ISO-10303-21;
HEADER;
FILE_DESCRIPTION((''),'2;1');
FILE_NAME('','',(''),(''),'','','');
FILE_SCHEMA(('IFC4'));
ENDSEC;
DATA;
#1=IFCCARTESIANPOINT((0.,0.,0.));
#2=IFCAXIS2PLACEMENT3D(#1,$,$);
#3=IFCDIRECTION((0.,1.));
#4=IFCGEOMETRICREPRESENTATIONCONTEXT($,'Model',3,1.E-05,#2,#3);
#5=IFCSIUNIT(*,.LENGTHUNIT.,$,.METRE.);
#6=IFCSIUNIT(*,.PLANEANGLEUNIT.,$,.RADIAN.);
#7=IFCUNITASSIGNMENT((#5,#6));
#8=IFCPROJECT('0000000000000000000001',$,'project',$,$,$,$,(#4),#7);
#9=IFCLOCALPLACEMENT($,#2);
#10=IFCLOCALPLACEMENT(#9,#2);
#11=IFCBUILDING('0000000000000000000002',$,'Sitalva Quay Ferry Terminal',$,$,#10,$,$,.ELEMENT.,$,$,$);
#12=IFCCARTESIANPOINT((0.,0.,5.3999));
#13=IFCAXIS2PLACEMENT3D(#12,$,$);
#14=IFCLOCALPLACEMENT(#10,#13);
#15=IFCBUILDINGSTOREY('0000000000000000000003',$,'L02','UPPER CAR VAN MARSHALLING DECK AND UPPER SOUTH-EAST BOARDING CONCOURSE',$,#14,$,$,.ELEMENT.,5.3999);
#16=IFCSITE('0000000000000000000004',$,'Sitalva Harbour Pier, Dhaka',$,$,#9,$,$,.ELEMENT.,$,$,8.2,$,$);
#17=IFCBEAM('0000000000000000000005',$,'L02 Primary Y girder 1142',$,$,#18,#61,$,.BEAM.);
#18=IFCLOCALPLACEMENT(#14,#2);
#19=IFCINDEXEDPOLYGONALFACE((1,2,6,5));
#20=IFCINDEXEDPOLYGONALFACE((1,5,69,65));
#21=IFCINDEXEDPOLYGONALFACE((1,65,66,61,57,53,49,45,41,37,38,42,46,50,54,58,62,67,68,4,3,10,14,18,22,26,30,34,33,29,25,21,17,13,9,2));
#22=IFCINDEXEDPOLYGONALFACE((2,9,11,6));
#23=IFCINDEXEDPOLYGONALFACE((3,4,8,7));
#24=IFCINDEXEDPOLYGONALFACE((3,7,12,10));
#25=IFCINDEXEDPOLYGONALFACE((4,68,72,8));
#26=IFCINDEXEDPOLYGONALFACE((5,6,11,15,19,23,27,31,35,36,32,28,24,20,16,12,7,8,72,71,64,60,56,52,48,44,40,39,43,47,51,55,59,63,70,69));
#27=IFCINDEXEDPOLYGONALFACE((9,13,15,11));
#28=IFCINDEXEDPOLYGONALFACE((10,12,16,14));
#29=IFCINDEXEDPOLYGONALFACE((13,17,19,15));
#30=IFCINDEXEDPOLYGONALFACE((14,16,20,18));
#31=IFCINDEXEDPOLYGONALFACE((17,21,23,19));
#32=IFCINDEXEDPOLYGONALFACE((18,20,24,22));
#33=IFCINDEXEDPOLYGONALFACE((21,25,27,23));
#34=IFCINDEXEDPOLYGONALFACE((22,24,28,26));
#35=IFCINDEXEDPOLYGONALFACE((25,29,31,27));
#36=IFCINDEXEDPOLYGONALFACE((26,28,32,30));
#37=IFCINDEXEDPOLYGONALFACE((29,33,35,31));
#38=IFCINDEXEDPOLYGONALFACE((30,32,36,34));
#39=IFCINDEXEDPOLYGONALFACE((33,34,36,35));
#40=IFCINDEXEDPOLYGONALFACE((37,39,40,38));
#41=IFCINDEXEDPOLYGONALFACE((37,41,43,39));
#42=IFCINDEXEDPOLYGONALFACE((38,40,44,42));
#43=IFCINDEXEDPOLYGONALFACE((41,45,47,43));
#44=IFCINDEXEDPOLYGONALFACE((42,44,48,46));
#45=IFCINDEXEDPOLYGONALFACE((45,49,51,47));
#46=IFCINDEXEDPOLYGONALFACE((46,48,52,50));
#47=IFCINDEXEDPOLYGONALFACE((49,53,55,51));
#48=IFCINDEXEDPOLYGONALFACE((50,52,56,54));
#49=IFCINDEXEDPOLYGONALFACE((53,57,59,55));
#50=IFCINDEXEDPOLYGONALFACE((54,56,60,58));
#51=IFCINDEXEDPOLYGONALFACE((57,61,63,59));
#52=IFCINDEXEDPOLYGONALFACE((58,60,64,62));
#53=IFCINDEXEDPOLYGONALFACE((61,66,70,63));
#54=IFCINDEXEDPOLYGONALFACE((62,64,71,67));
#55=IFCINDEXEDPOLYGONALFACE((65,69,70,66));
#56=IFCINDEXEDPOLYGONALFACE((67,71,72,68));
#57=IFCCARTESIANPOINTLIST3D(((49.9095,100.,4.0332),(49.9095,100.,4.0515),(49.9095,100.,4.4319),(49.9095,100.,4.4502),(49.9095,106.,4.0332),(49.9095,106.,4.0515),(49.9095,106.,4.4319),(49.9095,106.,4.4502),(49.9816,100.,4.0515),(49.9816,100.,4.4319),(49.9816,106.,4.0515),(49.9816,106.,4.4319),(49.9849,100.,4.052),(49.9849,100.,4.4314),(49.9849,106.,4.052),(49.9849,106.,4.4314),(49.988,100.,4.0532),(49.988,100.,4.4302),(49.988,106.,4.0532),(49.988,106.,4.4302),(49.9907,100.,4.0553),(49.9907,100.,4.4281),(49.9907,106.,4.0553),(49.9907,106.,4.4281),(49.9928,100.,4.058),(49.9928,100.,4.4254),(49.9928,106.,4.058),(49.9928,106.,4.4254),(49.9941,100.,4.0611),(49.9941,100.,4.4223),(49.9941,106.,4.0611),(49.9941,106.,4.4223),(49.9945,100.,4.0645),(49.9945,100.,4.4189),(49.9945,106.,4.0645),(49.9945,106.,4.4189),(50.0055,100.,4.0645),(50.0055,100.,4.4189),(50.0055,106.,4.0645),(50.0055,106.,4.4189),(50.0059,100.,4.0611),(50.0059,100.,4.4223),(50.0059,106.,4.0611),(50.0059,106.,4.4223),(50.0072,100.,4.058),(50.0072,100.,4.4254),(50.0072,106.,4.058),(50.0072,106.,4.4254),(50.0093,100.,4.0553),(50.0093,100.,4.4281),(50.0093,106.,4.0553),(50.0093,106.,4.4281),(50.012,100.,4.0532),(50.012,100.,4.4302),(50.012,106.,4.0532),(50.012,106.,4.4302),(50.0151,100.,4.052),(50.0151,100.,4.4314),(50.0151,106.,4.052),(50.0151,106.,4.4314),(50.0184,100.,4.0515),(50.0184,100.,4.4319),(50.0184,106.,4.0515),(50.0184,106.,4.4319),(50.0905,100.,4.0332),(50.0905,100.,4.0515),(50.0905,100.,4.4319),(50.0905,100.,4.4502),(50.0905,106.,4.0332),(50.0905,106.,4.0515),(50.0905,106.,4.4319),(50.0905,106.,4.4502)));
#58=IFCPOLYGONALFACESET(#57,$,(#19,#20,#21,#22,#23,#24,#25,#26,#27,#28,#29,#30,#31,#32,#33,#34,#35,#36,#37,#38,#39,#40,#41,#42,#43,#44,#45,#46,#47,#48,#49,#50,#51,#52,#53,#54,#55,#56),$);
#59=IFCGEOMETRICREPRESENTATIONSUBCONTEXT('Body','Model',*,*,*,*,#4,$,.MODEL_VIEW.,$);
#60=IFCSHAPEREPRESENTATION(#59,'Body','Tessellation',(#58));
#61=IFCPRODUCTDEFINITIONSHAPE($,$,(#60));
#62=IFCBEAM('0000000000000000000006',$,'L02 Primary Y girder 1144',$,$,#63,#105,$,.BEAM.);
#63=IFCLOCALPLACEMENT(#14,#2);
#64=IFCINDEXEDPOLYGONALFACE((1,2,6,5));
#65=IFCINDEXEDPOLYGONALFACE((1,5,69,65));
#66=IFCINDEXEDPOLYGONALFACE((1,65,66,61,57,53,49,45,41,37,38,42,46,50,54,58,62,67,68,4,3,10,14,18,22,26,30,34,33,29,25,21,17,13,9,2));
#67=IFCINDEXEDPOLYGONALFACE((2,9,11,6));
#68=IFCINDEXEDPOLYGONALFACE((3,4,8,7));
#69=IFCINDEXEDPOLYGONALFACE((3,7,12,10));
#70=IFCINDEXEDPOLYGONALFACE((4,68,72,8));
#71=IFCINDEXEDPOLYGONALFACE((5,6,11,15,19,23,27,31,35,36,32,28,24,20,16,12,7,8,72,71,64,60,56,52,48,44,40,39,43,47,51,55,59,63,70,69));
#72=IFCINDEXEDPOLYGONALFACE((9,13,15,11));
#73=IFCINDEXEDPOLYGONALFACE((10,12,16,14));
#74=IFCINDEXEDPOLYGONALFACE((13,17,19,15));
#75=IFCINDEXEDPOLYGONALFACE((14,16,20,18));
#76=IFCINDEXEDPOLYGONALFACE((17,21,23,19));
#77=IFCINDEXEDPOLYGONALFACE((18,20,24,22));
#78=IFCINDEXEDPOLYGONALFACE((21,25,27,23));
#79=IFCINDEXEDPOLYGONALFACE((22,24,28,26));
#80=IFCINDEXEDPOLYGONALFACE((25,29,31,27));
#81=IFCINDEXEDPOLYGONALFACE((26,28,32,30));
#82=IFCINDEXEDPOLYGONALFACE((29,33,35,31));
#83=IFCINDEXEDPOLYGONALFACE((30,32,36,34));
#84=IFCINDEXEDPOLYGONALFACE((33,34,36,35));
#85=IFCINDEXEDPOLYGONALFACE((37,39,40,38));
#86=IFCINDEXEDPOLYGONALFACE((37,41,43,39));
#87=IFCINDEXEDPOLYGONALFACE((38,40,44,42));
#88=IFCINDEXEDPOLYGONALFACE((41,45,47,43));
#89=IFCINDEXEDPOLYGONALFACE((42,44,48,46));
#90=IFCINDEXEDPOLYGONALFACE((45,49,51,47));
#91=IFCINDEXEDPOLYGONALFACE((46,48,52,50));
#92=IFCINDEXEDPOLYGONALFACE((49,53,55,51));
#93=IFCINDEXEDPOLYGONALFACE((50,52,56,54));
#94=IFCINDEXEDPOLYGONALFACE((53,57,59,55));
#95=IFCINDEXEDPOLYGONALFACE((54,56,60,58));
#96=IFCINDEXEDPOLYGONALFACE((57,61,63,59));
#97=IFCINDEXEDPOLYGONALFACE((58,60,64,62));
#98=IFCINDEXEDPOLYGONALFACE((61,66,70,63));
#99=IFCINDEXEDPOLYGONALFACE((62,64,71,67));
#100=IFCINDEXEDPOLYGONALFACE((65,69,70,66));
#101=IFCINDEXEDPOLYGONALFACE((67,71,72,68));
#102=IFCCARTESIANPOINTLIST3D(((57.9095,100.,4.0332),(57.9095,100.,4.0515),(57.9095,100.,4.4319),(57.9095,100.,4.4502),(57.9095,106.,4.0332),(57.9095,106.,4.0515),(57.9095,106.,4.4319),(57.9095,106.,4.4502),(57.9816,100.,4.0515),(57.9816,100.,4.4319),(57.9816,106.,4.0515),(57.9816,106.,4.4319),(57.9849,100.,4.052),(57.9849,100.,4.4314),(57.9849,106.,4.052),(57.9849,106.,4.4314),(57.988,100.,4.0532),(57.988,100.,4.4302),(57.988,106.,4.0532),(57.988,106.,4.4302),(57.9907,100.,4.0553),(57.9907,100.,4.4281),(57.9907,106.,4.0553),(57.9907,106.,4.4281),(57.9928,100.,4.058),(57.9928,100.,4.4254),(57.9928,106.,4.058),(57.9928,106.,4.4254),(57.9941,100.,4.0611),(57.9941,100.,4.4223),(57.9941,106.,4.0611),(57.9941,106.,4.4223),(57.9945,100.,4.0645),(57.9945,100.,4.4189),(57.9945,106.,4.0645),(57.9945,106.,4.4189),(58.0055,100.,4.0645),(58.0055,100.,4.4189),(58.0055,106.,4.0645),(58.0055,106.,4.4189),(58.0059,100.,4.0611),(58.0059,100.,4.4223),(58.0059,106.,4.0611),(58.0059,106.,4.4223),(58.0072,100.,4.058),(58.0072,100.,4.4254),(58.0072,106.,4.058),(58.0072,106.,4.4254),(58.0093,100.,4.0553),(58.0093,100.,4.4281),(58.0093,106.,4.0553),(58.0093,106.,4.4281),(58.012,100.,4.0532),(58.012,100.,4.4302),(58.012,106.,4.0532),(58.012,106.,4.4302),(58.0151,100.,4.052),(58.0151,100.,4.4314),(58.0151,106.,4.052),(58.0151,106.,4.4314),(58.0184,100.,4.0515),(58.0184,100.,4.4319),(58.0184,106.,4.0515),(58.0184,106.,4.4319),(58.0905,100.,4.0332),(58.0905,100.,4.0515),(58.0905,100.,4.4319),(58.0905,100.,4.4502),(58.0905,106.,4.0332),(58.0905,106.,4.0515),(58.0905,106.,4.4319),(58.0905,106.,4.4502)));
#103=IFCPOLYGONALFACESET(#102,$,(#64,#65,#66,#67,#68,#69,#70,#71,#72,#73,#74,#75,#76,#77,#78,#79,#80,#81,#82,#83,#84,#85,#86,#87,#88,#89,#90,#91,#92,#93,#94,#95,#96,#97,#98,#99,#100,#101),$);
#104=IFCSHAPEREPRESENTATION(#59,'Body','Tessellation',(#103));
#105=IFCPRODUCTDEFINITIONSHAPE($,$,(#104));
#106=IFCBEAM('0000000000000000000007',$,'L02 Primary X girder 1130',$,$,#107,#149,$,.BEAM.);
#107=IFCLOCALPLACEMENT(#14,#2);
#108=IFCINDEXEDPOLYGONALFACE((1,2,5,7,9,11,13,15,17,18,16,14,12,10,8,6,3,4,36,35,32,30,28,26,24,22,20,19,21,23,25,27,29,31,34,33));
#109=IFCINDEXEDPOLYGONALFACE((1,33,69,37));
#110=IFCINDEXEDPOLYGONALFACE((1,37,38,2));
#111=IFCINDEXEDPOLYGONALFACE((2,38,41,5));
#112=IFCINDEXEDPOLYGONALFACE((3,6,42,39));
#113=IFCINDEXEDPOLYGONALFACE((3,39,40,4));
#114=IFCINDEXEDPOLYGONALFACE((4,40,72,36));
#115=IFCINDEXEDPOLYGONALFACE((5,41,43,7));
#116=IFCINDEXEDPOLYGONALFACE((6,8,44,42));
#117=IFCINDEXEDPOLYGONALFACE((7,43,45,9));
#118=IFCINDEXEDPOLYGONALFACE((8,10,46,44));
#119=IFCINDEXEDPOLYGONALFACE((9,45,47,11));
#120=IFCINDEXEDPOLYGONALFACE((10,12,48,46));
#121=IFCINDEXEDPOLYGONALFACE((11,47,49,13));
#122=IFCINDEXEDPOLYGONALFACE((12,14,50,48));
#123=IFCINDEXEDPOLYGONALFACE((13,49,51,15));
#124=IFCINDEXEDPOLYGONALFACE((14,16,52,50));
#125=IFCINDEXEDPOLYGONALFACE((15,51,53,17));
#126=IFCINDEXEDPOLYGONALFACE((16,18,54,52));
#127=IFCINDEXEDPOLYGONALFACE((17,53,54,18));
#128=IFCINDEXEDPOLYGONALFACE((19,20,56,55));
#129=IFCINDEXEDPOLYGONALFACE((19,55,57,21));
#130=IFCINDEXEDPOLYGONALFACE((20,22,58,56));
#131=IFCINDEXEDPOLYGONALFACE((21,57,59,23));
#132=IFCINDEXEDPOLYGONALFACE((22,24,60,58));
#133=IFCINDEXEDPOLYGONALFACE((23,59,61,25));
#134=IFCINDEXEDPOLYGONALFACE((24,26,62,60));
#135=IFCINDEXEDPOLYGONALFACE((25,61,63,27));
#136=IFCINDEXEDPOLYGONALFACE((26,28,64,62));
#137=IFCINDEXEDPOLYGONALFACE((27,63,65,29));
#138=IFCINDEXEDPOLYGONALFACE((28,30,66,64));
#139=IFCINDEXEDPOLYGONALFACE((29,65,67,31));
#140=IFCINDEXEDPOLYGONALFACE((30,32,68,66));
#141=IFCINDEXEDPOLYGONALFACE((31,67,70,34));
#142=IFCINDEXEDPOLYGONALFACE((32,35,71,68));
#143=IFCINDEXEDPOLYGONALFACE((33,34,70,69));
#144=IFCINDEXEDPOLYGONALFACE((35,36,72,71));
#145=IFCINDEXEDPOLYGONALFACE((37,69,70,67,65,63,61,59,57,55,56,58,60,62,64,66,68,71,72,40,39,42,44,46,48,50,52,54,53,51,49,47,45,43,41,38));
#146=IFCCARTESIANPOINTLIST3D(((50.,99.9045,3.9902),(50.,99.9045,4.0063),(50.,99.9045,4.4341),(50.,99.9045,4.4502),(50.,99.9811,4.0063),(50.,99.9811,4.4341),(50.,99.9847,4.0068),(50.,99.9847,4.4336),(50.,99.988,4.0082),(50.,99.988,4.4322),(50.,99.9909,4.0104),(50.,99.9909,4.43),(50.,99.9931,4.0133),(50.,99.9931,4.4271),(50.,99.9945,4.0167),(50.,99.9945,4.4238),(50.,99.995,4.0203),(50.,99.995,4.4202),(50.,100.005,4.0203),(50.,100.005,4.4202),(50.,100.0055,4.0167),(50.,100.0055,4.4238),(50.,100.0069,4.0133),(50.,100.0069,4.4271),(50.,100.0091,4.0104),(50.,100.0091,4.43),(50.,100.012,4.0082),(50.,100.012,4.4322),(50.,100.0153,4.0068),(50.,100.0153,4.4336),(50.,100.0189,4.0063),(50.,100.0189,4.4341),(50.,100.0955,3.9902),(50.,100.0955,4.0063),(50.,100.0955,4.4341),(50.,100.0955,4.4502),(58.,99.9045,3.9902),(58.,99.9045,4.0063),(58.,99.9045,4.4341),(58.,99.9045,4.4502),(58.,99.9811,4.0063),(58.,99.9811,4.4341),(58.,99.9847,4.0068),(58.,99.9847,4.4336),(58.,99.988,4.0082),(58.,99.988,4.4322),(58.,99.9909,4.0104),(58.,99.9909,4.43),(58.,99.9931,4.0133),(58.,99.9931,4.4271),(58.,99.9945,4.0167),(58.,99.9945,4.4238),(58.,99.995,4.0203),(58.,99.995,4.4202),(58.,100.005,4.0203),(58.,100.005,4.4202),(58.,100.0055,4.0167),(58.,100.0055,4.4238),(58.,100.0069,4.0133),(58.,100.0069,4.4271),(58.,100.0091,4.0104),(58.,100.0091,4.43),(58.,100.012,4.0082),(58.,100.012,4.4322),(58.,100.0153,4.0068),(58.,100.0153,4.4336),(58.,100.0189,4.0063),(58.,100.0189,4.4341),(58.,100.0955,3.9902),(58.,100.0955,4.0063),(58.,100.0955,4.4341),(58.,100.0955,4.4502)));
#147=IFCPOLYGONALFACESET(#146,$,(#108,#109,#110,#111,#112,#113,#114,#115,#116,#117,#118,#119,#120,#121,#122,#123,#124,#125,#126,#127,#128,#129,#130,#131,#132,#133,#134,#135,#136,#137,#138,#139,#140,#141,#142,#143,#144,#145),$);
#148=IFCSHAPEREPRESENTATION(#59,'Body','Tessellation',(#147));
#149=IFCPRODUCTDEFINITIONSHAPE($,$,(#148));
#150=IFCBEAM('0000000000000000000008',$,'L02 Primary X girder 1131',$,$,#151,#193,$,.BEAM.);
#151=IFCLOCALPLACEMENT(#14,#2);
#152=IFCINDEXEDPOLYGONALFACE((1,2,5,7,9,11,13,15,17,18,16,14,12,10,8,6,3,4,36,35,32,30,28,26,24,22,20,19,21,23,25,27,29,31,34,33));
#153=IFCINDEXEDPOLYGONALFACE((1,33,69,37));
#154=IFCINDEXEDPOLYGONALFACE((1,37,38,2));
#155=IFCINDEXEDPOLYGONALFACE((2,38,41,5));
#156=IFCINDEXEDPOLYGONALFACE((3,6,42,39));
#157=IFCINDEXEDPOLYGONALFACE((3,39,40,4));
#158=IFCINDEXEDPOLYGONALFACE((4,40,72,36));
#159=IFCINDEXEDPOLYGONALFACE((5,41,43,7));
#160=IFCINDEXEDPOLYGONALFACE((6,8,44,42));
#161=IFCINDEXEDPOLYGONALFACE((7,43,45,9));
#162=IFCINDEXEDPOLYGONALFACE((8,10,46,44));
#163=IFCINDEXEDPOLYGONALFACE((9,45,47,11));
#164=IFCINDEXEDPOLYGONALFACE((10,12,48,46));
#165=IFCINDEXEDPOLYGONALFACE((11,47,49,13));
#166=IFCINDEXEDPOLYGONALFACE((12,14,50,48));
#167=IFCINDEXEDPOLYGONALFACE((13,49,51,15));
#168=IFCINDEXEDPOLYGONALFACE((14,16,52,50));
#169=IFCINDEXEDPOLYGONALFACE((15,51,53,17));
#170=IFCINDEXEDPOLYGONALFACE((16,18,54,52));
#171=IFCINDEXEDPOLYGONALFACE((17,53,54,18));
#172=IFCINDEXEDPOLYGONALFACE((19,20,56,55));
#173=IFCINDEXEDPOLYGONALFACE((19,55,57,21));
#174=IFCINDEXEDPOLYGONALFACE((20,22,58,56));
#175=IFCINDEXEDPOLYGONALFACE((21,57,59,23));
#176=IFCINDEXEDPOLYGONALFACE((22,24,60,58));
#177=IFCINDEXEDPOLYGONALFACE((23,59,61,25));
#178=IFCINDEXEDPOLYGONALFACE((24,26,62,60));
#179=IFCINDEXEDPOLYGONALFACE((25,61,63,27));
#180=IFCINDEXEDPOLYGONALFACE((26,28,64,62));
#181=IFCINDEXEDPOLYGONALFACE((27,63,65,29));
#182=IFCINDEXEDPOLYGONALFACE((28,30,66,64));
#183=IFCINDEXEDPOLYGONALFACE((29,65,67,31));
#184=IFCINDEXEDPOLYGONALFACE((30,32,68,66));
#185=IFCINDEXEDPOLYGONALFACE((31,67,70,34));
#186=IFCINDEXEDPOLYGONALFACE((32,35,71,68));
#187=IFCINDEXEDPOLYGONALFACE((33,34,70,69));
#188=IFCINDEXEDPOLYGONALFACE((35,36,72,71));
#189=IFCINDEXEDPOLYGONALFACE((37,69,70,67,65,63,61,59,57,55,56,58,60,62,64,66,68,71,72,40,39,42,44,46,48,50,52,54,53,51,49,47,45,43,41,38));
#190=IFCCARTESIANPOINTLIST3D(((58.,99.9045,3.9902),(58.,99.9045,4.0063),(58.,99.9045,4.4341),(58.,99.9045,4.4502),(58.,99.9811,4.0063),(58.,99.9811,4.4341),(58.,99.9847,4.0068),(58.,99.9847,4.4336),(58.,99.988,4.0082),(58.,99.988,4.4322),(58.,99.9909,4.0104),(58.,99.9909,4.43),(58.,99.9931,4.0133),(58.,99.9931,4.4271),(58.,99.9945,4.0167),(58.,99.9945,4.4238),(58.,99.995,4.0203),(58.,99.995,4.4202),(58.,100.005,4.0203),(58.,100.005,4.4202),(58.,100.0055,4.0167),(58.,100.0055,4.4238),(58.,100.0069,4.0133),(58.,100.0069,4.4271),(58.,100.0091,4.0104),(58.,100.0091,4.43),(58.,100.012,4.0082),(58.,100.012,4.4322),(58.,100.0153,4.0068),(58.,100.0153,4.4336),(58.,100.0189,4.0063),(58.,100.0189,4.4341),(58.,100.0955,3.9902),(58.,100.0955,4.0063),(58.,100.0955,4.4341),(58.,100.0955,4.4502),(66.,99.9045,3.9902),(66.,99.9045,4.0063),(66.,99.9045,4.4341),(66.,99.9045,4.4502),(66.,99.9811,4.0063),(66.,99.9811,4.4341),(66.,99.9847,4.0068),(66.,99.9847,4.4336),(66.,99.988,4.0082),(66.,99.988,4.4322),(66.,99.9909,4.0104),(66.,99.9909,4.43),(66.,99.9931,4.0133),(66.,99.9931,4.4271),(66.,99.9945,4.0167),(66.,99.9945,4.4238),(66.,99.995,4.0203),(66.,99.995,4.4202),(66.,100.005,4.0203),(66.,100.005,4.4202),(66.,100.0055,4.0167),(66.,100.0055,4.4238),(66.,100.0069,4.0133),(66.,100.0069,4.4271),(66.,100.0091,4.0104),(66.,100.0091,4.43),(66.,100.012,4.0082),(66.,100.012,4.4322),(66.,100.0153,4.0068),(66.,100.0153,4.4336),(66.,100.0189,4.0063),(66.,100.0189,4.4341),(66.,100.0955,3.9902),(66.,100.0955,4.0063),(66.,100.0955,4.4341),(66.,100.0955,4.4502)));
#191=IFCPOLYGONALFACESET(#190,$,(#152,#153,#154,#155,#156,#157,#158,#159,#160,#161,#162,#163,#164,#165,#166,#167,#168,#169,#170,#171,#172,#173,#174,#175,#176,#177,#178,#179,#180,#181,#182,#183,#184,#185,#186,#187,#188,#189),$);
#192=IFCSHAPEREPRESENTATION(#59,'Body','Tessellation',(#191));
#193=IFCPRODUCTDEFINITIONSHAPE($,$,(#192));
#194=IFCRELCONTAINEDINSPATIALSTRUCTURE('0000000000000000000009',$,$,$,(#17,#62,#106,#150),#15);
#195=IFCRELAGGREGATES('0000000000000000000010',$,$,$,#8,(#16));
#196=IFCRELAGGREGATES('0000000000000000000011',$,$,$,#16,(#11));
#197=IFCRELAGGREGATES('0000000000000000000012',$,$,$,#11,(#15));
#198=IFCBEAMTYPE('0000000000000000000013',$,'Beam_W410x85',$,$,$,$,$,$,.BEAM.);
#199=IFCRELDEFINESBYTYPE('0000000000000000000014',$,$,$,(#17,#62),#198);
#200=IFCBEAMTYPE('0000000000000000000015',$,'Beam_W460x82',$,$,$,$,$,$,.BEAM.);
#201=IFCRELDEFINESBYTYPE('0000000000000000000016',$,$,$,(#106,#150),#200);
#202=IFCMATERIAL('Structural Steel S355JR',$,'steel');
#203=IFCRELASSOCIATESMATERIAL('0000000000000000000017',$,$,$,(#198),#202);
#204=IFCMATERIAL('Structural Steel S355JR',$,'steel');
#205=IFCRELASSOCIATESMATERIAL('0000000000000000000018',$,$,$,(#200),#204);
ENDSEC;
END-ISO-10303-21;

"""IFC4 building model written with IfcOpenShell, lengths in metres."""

from ifc_helpers import new_model, si_unit, direction, frame, origin, origin_2d, place, context, subcontext, project, spatial, i_section, extrude, material, material_profile, profile_set, type_object, element, save


model = new_model("IFC4")

# Units and contexts
model_context = context("Model", 3, precision=1e-05, world=origin(), true_north=direction((0.0, 1.0)))
body_context = subcontext(model_context, "Body", "Model", "MODEL_VIEW")
ifc_project = project(units=[si_unit("LENGTHUNIT", "METRE"), si_unit("PLANEANGLEUNIT", "RADIAN")], contexts=[model_context])

# Site, building, storey
site_placement = place(None, origin())
site = spatial("IfcSite", under=ifc_project, at=site_placement, Name="Sitalva Harbour Pier, Dhaka", CompositionType="ELEMENT", RefElevation=8.2)
building_placement = place(site_placement, origin())
building = spatial("IfcBuilding", under=site, at=building_placement, Name="Sitalva Quay Ferry Terminal", CompositionType="ELEMENT")
storey_placement = place(building_placement, frame((0.0, 0.0, 5.3999)))
storey = spatial("IfcBuildingStorey", under=building, at=storey_placement, Name="L02", Description="UPPER CAR VAN MARSHALLING DECK AND UPPER SOUTH-EAST BOARDING CONCOURSE", CompositionType="ELEMENT", Elevation=5.3999)

# Beams
ifc_material_1 = material(Name="Structural Steel S355JR", Category="steel")
ifc_material_profile_1 = material_profile(ifc_material_1, i_section(OverallWidth=0.1809, OverallDepth=0.417, WebThickness=0.011, FlangeThickness=0.0183, FilletRadius=0.0129, at=origin_2d()), Name="W410x85")
ifc_profile_set_1 = profile_set([ifc_material_profile_1], Name="Structural Steel S355JR")
beam_type_1 = type_object("IfcBeamType", Name="Beam_W410x85", PredefinedType="BEAM", material=ifc_profile_set_1)
for number, where, z_axis, x_axis, name in (
    (1, (50.0, 100.0, 4.2417), (0.0, 1.0, 0.0), (-1.0, 0.0, 0.0), "L02 Primary Y girder 1142"),
    (2, (58.0, 100.0, 4.2417), (0.0, 1.0, 0.0), (-1.0, 0.0, 0.0), "L02 Primary Y girder 1144"),
):
    element("IfcBeam", number, at=place(storey_placement, frame(where, z_axis=z_axis, x_axis=x_axis)), inside=storey, type_object=beam_type_1, Name=name, PredefinedType="BEAM", context=body_context, shape_type="SweptSolid", body=[
        extrude(i_section(OverallWidth=0.1809, OverallDepth=0.417, WebThickness=0.011, FlangeThickness=0.0183, FilletRadius=0.0129, at=origin_2d()), origin(), (0.0, 0.0, 1.0), 6.0),
    ])
ifc_material_2 = material(Name="Structural Steel S355JR", Category="steel")
ifc_material_profile_2 = material_profile(ifc_material_2, i_section(OverallWidth=0.1909, OverallDepth=0.46, WebThickness=0.01, FlangeThickness=0.0161, FilletRadius=0.0139, at=origin_2d()), Name="W460x82")
ifc_profile_set_2 = profile_set([ifc_material_profile_2], Name="Structural Steel S355JR")
beam_type_2 = type_object("IfcBeamType", Name="Beam_W460x82", PredefinedType="BEAM", material=ifc_profile_set_2)
for number, where, z_axis, x_axis, name in (
    (3, (50.0, 100.0, 4.2202), (1.0, 0.0, 0.0), (0.0, 1.0, 0.0), "L02 Primary X girder 1130"),
    (4, (58.0, 100.0, 4.2202), (1.0, 0.0, 0.0), (0.0, 1.0, 0.0), "L02 Primary X girder 1131"),
):
    element("IfcBeam", number, at=place(storey_placement, frame(where, z_axis=z_axis, x_axis=x_axis)), inside=storey, type_object=beam_type_2, Name=name, PredefinedType="BEAM", context=body_context, shape_type="SweptSolid", body=[
        extrude(i_section(OverallWidth=0.1909, OverallDepth=0.46, WebThickness=0.01, FlangeThickness=0.0161, FilletRadius=0.0139, at=origin_2d()), origin(), (0.0, 0.0, 1.0), 8.0),
    ])

save(model, "model.ifc")
